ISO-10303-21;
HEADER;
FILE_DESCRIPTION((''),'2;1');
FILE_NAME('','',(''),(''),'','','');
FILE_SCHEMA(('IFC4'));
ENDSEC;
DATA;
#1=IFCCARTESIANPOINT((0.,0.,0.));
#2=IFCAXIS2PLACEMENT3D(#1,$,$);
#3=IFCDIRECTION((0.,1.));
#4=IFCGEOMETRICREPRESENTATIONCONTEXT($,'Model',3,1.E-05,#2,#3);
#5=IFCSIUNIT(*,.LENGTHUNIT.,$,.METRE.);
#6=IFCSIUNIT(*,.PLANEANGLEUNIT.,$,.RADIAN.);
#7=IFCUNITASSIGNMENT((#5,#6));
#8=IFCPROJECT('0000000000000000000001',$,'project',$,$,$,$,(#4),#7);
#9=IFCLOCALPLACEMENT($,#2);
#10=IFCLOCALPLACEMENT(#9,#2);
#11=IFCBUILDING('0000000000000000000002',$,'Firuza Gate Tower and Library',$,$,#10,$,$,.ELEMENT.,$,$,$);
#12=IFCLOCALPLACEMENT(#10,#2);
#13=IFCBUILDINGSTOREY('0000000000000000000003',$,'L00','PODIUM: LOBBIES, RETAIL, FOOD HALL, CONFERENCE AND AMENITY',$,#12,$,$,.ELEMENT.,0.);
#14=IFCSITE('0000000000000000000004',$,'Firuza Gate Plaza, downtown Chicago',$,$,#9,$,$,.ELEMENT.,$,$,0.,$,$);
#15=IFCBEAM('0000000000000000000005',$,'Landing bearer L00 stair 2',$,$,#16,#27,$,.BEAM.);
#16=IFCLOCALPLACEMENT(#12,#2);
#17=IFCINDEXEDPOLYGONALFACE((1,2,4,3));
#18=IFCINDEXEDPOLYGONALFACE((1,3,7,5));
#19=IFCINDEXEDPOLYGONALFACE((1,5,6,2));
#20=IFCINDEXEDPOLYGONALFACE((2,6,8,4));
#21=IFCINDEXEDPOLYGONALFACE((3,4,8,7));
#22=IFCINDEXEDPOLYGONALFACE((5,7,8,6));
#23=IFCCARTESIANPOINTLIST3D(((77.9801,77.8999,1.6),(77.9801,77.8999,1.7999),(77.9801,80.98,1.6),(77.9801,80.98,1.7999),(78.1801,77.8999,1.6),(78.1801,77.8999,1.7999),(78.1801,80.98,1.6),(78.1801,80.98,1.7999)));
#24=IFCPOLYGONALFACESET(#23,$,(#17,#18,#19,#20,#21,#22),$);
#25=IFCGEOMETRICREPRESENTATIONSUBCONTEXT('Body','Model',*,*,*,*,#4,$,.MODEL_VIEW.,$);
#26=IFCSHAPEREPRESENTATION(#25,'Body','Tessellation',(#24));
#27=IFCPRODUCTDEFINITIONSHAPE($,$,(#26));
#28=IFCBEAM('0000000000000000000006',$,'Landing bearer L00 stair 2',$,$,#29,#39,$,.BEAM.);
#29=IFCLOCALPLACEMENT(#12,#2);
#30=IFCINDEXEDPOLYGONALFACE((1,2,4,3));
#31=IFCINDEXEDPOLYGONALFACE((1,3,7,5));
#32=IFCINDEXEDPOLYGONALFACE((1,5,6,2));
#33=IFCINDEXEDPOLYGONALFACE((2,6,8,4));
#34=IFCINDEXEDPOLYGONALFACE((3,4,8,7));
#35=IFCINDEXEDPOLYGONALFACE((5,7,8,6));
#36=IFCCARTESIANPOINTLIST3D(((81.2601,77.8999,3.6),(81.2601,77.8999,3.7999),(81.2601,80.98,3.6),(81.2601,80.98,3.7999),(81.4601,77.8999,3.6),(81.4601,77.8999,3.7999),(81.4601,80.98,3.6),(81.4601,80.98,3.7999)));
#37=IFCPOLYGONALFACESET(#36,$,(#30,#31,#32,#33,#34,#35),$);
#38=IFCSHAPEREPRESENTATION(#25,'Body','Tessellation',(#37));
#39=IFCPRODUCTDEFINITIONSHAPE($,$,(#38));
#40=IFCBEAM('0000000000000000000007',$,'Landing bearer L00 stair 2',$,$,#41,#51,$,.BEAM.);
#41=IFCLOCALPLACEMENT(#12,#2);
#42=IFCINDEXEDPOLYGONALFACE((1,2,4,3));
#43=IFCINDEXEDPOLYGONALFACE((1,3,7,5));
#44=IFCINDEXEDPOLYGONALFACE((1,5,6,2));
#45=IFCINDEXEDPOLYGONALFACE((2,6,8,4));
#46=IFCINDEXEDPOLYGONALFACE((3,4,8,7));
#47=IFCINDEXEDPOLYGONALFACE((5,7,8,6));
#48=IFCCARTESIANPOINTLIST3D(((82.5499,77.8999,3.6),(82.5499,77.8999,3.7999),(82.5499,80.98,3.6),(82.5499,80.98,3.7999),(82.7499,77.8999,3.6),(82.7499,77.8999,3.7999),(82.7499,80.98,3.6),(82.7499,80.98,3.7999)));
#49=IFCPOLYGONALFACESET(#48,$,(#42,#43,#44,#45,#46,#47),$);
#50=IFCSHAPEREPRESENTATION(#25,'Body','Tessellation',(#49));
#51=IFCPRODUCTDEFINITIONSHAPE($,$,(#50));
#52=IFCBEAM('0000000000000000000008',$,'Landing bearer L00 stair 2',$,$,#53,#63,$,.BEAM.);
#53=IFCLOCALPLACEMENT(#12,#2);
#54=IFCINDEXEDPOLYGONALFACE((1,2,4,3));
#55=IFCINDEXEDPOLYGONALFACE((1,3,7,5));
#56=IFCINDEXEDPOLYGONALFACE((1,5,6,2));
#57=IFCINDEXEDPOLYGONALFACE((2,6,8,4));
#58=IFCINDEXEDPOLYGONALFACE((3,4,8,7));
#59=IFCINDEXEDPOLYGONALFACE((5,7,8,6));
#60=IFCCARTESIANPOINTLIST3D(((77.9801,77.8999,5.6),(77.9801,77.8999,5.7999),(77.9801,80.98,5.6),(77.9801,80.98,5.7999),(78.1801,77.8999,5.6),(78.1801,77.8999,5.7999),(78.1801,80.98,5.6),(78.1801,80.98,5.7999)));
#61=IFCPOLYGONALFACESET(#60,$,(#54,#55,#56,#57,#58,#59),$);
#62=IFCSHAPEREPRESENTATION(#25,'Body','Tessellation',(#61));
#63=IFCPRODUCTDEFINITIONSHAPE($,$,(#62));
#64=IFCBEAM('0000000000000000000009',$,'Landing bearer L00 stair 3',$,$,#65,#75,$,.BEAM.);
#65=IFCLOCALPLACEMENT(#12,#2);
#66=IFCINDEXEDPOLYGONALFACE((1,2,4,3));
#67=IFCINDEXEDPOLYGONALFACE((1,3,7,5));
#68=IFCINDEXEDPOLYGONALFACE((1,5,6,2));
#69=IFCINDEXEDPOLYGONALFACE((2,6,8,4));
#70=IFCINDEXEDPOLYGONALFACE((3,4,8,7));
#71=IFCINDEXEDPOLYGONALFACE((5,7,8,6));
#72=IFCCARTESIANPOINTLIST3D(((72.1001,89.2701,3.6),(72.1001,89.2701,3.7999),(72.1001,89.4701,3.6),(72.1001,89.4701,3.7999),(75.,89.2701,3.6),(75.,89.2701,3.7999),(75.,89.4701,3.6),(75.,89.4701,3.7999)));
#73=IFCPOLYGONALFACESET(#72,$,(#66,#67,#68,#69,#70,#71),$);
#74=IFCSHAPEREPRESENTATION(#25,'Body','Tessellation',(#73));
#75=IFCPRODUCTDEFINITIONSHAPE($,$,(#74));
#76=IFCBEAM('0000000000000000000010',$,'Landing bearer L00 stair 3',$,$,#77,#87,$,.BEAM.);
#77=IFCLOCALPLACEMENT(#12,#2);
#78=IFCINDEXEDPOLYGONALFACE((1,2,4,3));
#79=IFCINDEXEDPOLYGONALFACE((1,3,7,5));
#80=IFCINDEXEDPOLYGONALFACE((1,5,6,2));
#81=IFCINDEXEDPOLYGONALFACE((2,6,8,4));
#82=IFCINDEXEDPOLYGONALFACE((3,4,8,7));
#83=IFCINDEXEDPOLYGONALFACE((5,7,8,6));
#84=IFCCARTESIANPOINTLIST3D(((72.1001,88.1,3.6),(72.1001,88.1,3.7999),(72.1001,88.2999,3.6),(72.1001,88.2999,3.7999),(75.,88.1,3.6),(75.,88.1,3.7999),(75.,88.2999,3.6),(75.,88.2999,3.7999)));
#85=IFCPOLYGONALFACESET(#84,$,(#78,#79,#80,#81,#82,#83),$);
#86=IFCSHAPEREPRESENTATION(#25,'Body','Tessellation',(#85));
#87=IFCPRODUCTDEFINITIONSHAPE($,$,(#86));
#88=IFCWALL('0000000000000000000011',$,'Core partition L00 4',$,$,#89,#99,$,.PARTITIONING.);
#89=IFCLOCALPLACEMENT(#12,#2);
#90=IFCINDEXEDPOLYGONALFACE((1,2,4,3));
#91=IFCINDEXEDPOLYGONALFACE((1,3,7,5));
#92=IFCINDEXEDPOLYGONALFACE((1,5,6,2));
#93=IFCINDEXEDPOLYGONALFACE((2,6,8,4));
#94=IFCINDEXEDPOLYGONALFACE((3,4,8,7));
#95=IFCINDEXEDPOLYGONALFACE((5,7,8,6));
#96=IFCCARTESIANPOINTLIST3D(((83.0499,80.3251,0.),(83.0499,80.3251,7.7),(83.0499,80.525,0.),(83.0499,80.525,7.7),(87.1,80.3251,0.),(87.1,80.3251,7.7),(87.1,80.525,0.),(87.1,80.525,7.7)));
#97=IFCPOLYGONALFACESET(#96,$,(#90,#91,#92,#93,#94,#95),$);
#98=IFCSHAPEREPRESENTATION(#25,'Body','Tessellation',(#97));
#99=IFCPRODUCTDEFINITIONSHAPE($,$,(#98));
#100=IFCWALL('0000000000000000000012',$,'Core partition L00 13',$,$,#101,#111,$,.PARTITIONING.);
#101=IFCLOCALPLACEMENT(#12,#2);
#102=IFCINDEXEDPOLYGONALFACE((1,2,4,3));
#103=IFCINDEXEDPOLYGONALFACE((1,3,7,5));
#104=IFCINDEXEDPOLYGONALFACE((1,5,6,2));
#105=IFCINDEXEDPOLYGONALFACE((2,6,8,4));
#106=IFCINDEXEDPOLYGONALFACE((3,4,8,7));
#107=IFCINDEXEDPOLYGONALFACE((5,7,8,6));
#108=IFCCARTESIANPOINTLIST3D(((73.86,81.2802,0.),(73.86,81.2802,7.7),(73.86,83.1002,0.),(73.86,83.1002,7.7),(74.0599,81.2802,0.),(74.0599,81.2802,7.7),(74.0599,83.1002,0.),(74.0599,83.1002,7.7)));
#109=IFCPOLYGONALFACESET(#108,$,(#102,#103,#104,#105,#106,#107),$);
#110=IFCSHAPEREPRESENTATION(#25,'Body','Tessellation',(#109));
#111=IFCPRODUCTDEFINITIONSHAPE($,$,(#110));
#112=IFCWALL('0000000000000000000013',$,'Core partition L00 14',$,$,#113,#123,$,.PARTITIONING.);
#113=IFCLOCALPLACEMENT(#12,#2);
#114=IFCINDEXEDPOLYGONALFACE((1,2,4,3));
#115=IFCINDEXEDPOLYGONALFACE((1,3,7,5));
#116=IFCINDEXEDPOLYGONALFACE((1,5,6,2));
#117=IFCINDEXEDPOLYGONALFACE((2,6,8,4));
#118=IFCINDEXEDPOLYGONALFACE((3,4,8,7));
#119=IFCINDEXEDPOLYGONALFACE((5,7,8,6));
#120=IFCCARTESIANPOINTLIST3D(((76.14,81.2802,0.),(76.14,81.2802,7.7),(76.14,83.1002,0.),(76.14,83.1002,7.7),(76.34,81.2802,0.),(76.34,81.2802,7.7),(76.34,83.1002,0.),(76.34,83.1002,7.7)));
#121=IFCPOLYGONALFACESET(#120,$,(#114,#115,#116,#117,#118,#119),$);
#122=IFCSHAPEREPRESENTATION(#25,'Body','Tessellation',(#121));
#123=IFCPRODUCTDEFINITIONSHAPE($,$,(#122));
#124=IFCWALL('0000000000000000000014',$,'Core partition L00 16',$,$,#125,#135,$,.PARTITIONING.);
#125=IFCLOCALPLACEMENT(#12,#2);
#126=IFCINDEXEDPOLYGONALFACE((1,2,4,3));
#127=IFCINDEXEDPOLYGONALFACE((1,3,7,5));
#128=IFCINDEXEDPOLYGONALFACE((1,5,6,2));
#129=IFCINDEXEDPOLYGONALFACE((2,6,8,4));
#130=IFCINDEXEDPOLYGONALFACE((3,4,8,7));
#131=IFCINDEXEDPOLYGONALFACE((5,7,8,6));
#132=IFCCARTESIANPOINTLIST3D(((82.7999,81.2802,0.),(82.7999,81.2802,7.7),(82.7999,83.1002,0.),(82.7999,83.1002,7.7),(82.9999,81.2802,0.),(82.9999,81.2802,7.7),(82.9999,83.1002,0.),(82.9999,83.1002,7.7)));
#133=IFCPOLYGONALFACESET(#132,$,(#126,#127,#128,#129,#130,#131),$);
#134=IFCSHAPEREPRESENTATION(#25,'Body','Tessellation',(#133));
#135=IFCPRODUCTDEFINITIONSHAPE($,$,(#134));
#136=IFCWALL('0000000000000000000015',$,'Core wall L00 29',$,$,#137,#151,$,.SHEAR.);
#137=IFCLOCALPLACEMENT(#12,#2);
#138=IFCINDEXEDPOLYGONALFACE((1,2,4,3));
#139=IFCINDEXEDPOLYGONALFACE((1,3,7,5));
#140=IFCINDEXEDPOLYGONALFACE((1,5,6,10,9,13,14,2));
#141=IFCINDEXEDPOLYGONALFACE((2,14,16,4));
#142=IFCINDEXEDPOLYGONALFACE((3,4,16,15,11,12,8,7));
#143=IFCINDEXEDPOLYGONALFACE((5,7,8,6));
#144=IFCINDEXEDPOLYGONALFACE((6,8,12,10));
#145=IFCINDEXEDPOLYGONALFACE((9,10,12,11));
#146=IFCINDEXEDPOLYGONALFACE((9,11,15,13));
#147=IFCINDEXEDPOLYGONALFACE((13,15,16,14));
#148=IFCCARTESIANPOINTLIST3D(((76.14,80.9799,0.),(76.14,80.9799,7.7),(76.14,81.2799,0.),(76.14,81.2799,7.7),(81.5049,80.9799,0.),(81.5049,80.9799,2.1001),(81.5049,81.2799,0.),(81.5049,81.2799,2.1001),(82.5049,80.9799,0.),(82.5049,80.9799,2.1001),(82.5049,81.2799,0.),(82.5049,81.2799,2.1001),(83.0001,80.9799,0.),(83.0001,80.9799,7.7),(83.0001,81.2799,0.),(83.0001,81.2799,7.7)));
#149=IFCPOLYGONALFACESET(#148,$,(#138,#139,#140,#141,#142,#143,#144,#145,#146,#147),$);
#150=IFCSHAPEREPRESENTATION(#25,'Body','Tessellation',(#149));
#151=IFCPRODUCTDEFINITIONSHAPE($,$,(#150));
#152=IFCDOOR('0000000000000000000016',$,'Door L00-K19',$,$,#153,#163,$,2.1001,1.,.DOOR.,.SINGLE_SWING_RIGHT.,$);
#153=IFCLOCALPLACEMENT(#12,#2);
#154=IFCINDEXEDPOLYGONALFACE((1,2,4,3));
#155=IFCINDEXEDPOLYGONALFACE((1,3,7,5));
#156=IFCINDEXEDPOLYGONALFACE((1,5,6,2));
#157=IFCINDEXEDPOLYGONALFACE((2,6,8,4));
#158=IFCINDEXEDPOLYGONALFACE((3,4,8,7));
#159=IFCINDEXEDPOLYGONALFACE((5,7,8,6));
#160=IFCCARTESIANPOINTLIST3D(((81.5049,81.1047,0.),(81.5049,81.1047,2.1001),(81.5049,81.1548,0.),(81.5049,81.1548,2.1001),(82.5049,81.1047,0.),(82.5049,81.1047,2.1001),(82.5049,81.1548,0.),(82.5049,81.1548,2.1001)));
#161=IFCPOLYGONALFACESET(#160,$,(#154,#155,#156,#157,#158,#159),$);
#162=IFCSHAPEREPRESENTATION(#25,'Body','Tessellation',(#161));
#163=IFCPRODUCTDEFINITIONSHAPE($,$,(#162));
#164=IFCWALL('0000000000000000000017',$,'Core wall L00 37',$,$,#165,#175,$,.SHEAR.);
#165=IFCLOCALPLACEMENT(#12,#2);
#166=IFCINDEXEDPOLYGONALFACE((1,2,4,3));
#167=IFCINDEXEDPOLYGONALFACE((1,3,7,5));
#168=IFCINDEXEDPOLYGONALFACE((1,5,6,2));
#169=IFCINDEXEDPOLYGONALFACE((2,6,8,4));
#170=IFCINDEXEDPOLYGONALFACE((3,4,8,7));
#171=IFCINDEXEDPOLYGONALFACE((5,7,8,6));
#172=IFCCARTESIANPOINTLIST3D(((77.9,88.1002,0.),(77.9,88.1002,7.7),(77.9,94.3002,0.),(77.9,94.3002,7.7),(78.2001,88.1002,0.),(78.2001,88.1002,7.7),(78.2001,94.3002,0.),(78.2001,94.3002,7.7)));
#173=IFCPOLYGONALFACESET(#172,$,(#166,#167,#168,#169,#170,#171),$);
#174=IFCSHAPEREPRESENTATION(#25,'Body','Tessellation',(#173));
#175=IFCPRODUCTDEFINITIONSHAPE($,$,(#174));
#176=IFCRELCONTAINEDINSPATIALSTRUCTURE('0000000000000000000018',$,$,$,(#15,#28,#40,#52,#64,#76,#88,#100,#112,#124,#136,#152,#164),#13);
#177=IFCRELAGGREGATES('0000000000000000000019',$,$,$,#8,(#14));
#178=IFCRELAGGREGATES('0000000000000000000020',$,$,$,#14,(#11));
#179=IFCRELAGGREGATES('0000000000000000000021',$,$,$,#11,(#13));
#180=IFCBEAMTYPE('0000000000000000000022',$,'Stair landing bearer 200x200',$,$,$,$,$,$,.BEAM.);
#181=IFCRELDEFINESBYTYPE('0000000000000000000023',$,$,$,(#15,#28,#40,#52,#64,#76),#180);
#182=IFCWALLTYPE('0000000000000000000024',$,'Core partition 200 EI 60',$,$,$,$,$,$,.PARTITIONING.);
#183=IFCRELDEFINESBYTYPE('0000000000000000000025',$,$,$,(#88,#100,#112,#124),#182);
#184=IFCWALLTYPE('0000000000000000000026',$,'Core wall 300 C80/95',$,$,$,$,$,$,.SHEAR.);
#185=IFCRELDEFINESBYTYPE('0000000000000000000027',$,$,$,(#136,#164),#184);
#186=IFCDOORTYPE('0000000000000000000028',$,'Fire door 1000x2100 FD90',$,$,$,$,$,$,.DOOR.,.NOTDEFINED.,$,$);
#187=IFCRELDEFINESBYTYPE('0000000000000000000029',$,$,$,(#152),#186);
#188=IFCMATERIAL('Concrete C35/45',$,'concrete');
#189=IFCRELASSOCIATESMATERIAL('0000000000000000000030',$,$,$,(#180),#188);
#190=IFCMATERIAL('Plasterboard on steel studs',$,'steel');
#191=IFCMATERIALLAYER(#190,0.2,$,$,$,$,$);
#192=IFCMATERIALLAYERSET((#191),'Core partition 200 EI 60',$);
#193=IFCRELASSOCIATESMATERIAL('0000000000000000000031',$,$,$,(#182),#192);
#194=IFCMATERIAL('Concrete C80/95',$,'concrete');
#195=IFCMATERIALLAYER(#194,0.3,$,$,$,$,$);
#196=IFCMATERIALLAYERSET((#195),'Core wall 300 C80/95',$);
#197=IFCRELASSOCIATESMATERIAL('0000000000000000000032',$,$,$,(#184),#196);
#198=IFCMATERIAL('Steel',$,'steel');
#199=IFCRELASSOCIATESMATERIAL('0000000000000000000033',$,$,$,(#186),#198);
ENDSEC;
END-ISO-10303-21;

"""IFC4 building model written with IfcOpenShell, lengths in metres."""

from ifc_helpers import new_model, si_unit, direction, frame, frame_2d, origin, origin_2d, place, context, subcontext, project, spatial, rectangle, extrude, material, layer, layer_set, material_profile, profile_set, type_object, element, fill, save


model = new_model("IFC4")

# Units and contexts
model_context = context("Model", 3, precision=1e-05, world=origin(), true_north=direction((0.0, 1.0)))
body_context = subcontext(model_context, "Body", "Model", "MODEL_VIEW")
ifc_project = project(units=[si_unit("LENGTHUNIT", "METRE"), si_unit("PLANEANGLEUNIT", "RADIAN")], contexts=[model_context])

# Site, building, storey
site_placement = place(None, origin())
site = spatial("IfcSite", under=ifc_project, at=site_placement, Name="Firuza Gate Plaza, downtown Chicago", CompositionType="ELEMENT", RefElevation=0.0)
building_placement = place(site_placement, origin())
building = spatial("IfcBuilding", under=site, at=building_placement, Name="Firuza Gate Tower and Library", CompositionType="ELEMENT")
storey_placement = place(building_placement, origin())
storey = spatial("IfcBuildingStorey", under=building, at=storey_placement, Name="L00", Description="PODIUM: LOBBIES, RETAIL, FOOD HALL, CONFERENCE AND AMENITY", CompositionType="ELEMENT", Elevation=0.0)

# Beams
ifc_material_1 = material(Name="Concrete C35/45", Category="concrete")
ifc_material_profile = material_profile(ifc_material_1, rectangle(XDim=0.2, YDim=0.2, at=origin_2d()))
ifc_profile_set = profile_set([ifc_material_profile], Name="Concrete C35/45")
beam_type = type_object("IfcBeamType", Name="Stair landing bearer 200x200", PredefinedType="BEAM", material=ifc_profile_set)
for number, where, z_axis, x_axis, name in (
    (1, (78.0801, 80.98, 1.7), (0.0, -1.0, 0.0), (1.0, 0.0, 0.0), "Landing bearer L00 stair 2"),
    (2, (81.3601, 80.98, 3.7), (0.0, -1.0, 0.0), (1.0, 0.0, 0.0), "Landing bearer L00 stair 2"),
    (3, (82.6499, 80.98, 3.7), (0.0, -1.0, 0.0), (1.0, 0.0, 0.0), "Landing bearer L00 stair 2"),
    (4, (78.0801, 80.98, 5.7), (0.0, -1.0, 0.0), (1.0, 0.0, 0.0), "Landing bearer L00 stair 2"),
):
    element("IfcBeam", number, at=place(storey_placement, frame(where, z_axis=z_axis, x_axis=x_axis)), inside=storey, type_object=beam_type, Name=name, PredefinedType="BEAM", context=body_context, shape_type="SweptSolid", body=[
        extrude(rectangle(XDim=0.2, YDim=0.2, at=origin_2d()), origin(), (0.0, 0.0, 1.0), 3.0801),
    ])
for number, where, z_axis, x_axis, name in (
    (5, (75.0, 89.3701, 3.7), (-1.0, 0.0, 0.0), (0.0, -1.0, 0.0), "Landing bearer L00 stair 3"),
    (6, (75.0, 88.2, 3.7), (-1.0, 0.0, 0.0), (0.0, -1.0, 0.0), "Landing bearer L00 stair 3"),
):
    element("IfcBeam", number, at=place(storey_placement, frame(where, z_axis=z_axis, x_axis=x_axis)), inside=storey, type_object=beam_type, Name=name, PredefinedType="BEAM", context=body_context, shape_type="SweptSolid", body=[
        extrude(rectangle(XDim=0.2, YDim=0.2, at=origin_2d()), origin(), (0.0, 0.0, 1.0), 2.8999),
    ])

# Walls
ifc_material_2 = material(Name="Plasterboard on steel studs", Category="steel")
ifc_layer_1 = layer(ifc_material_2, 0.2)
ifc_layer_set_1 = layer_set([ifc_layer_1], Name="Core partition 200 EI 60")
wall_type_1 = type_object("IfcWallType", Name="Core partition 200 EI 60", PredefinedType="PARTITIONING", material=ifc_layer_set_1)
wall_1_placement = place(storey_placement, frame((83.05, 80.425, 0.0), z_axis=(0.0, 0.0, 1.0), x_axis=(1.0, 0.0, 0.0)))
element("IfcWall", 7, at=wall_1_placement, inside=storey, type_object=wall_type_1, Name="Core partition L00 4", PredefinedType="PARTITIONING", context=body_context, shape_type="SweptSolid", body=[
    extrude(rectangle(XDim=4.05, YDim=0.2, at=frame_2d((2.0249, 0.0))), origin(), (0.0, 0.0, 1.0), 7.7),
])
for number, where, z_axis, x_axis, name in (
    (8, (73.96, 81.28, 0.0), (0.0, 0.0, 1.0), (0.0, 1.0, 0.0), "Core partition L00 13"),
    (9, (76.24, 81.28, 0.0), (0.0, 0.0, 1.0), (0.0, 1.0, 0.0), "Core partition L00 14"),
    (10, (82.8999, 81.28, 0.0), (0.0, 0.0, 1.0), (0.0, 1.0, 0.0), "Core partition L00 16"),
):
    element("IfcWall", number, at=place(storey_placement, frame(where, z_axis=z_axis, x_axis=x_axis)), inside=storey, type_object=wall_type_1, Name=name, PredefinedType="PARTITIONING", context=body_context, shape_type="SweptSolid", body=[
        extrude(rectangle(XDim=1.8201, YDim=0.2, at=frame_2d((0.9102, 0.0))), origin(), (0.0, 0.0, 1.0), 7.7),
    ])

# Wall, opening, door
ifc_material_3 = material(Name="Concrete C80/95", Category="concrete")
ifc_layer_2 = layer(ifc_material_3, 0.3)
ifc_layer_set_2 = layer_set([ifc_layer_2], Name="Core wall 300 C80/95")
wall_type_2 = type_object("IfcWallType", Name="Core wall 300 C80/95", PredefinedType="SHEAR", material=ifc_layer_set_2)
wall_2_placement = place(storey_placement, frame((76.1399, 81.1299, 0.0), z_axis=(0.0, 0.0, 1.0), x_axis=(1.0, 0.0, 0.0)))
wall_2 = element("IfcWall", 11, at=wall_2_placement, inside=storey, type_object=wall_type_2, Name="Core wall L00 29", PredefinedType="SHEAR", context=body_context, shape_type="SweptSolid", body=[
    extrude(rectangle(XDim=6.8601, YDim=0.3, at=frame_2d((3.4302, 0.0))), origin(), (0.0, 0.0, 1.0), 7.7),
])
opening_1_placement = place(wall_2_placement, frame((5.365, 0.0, 0.0)))
opening_1 = element("IfcOpeningElement", 12, at=opening_1_placement, cuts=wall_2, PredefinedType="OPENING", context=body_context, shape_type="SweptSolid", body=[
    extrude(rectangle(XDim=1.0, YDim=2.1001, at=frame_2d((0.5, 1.05))), frame((0.0, 0.1602, 0.0), z_axis=(0.0, -1.0, 0.0), x_axis=(1.0, 0.0, 0.0)), (0.0, 0.0, 1.0), 0.3201),
])
ifc_material_4 = material(Name="Steel", Category="steel")
door_type_1 = type_object("IfcDoorType", Name="Fire door 1000x2100 FD90", OperationType="NOTDEFINED", PredefinedType="DOOR", material=ifc_material_4)
door_1_placement = place(opening_1_placement, origin())
door_1 = element("IfcDoor", 13, at=door_1_placement, inside=storey, type_object=door_type_1, Name="Door L00-K19", OperationType="SINGLE_SWING_RIGHT", OverallHeight=2.1001, OverallWidth=1.0, PredefinedType="DOOR", context=body_context, shape_type="SweptSolid", body=[
    extrude(rectangle(XDim=1.0, YDim=2.1001, at=frame_2d((0.5, 1.05))), frame((0.0, 0.0249, 0.0), z_axis=(0.0, -1.0, 0.0), x_axis=(1.0, 0.0, 0.0)), (0.0, 0.0, 1.0), 0.05),
])
fill(opening_1, door_1)

# Wall
wall_3_placement = place(storey_placement, frame((78.05, 88.1001, 0.0), z_axis=(0.0, 0.0, 1.0), x_axis=(0.0, 1.0, 0.0)))
element("IfcWall", 14, at=wall_3_placement, inside=storey, type_object=wall_type_2, Name="Core wall L00 37", PredefinedType="SHEAR", context=body_context, shape_type="SweptSolid", body=[
    extrude(rectangle(XDim=6.2, YDim=0.3, at=frame_2d((3.1001, 0.0))), origin(), (0.0, 0.0, 1.0), 7.7),
])

save(model, "model.ifc")
